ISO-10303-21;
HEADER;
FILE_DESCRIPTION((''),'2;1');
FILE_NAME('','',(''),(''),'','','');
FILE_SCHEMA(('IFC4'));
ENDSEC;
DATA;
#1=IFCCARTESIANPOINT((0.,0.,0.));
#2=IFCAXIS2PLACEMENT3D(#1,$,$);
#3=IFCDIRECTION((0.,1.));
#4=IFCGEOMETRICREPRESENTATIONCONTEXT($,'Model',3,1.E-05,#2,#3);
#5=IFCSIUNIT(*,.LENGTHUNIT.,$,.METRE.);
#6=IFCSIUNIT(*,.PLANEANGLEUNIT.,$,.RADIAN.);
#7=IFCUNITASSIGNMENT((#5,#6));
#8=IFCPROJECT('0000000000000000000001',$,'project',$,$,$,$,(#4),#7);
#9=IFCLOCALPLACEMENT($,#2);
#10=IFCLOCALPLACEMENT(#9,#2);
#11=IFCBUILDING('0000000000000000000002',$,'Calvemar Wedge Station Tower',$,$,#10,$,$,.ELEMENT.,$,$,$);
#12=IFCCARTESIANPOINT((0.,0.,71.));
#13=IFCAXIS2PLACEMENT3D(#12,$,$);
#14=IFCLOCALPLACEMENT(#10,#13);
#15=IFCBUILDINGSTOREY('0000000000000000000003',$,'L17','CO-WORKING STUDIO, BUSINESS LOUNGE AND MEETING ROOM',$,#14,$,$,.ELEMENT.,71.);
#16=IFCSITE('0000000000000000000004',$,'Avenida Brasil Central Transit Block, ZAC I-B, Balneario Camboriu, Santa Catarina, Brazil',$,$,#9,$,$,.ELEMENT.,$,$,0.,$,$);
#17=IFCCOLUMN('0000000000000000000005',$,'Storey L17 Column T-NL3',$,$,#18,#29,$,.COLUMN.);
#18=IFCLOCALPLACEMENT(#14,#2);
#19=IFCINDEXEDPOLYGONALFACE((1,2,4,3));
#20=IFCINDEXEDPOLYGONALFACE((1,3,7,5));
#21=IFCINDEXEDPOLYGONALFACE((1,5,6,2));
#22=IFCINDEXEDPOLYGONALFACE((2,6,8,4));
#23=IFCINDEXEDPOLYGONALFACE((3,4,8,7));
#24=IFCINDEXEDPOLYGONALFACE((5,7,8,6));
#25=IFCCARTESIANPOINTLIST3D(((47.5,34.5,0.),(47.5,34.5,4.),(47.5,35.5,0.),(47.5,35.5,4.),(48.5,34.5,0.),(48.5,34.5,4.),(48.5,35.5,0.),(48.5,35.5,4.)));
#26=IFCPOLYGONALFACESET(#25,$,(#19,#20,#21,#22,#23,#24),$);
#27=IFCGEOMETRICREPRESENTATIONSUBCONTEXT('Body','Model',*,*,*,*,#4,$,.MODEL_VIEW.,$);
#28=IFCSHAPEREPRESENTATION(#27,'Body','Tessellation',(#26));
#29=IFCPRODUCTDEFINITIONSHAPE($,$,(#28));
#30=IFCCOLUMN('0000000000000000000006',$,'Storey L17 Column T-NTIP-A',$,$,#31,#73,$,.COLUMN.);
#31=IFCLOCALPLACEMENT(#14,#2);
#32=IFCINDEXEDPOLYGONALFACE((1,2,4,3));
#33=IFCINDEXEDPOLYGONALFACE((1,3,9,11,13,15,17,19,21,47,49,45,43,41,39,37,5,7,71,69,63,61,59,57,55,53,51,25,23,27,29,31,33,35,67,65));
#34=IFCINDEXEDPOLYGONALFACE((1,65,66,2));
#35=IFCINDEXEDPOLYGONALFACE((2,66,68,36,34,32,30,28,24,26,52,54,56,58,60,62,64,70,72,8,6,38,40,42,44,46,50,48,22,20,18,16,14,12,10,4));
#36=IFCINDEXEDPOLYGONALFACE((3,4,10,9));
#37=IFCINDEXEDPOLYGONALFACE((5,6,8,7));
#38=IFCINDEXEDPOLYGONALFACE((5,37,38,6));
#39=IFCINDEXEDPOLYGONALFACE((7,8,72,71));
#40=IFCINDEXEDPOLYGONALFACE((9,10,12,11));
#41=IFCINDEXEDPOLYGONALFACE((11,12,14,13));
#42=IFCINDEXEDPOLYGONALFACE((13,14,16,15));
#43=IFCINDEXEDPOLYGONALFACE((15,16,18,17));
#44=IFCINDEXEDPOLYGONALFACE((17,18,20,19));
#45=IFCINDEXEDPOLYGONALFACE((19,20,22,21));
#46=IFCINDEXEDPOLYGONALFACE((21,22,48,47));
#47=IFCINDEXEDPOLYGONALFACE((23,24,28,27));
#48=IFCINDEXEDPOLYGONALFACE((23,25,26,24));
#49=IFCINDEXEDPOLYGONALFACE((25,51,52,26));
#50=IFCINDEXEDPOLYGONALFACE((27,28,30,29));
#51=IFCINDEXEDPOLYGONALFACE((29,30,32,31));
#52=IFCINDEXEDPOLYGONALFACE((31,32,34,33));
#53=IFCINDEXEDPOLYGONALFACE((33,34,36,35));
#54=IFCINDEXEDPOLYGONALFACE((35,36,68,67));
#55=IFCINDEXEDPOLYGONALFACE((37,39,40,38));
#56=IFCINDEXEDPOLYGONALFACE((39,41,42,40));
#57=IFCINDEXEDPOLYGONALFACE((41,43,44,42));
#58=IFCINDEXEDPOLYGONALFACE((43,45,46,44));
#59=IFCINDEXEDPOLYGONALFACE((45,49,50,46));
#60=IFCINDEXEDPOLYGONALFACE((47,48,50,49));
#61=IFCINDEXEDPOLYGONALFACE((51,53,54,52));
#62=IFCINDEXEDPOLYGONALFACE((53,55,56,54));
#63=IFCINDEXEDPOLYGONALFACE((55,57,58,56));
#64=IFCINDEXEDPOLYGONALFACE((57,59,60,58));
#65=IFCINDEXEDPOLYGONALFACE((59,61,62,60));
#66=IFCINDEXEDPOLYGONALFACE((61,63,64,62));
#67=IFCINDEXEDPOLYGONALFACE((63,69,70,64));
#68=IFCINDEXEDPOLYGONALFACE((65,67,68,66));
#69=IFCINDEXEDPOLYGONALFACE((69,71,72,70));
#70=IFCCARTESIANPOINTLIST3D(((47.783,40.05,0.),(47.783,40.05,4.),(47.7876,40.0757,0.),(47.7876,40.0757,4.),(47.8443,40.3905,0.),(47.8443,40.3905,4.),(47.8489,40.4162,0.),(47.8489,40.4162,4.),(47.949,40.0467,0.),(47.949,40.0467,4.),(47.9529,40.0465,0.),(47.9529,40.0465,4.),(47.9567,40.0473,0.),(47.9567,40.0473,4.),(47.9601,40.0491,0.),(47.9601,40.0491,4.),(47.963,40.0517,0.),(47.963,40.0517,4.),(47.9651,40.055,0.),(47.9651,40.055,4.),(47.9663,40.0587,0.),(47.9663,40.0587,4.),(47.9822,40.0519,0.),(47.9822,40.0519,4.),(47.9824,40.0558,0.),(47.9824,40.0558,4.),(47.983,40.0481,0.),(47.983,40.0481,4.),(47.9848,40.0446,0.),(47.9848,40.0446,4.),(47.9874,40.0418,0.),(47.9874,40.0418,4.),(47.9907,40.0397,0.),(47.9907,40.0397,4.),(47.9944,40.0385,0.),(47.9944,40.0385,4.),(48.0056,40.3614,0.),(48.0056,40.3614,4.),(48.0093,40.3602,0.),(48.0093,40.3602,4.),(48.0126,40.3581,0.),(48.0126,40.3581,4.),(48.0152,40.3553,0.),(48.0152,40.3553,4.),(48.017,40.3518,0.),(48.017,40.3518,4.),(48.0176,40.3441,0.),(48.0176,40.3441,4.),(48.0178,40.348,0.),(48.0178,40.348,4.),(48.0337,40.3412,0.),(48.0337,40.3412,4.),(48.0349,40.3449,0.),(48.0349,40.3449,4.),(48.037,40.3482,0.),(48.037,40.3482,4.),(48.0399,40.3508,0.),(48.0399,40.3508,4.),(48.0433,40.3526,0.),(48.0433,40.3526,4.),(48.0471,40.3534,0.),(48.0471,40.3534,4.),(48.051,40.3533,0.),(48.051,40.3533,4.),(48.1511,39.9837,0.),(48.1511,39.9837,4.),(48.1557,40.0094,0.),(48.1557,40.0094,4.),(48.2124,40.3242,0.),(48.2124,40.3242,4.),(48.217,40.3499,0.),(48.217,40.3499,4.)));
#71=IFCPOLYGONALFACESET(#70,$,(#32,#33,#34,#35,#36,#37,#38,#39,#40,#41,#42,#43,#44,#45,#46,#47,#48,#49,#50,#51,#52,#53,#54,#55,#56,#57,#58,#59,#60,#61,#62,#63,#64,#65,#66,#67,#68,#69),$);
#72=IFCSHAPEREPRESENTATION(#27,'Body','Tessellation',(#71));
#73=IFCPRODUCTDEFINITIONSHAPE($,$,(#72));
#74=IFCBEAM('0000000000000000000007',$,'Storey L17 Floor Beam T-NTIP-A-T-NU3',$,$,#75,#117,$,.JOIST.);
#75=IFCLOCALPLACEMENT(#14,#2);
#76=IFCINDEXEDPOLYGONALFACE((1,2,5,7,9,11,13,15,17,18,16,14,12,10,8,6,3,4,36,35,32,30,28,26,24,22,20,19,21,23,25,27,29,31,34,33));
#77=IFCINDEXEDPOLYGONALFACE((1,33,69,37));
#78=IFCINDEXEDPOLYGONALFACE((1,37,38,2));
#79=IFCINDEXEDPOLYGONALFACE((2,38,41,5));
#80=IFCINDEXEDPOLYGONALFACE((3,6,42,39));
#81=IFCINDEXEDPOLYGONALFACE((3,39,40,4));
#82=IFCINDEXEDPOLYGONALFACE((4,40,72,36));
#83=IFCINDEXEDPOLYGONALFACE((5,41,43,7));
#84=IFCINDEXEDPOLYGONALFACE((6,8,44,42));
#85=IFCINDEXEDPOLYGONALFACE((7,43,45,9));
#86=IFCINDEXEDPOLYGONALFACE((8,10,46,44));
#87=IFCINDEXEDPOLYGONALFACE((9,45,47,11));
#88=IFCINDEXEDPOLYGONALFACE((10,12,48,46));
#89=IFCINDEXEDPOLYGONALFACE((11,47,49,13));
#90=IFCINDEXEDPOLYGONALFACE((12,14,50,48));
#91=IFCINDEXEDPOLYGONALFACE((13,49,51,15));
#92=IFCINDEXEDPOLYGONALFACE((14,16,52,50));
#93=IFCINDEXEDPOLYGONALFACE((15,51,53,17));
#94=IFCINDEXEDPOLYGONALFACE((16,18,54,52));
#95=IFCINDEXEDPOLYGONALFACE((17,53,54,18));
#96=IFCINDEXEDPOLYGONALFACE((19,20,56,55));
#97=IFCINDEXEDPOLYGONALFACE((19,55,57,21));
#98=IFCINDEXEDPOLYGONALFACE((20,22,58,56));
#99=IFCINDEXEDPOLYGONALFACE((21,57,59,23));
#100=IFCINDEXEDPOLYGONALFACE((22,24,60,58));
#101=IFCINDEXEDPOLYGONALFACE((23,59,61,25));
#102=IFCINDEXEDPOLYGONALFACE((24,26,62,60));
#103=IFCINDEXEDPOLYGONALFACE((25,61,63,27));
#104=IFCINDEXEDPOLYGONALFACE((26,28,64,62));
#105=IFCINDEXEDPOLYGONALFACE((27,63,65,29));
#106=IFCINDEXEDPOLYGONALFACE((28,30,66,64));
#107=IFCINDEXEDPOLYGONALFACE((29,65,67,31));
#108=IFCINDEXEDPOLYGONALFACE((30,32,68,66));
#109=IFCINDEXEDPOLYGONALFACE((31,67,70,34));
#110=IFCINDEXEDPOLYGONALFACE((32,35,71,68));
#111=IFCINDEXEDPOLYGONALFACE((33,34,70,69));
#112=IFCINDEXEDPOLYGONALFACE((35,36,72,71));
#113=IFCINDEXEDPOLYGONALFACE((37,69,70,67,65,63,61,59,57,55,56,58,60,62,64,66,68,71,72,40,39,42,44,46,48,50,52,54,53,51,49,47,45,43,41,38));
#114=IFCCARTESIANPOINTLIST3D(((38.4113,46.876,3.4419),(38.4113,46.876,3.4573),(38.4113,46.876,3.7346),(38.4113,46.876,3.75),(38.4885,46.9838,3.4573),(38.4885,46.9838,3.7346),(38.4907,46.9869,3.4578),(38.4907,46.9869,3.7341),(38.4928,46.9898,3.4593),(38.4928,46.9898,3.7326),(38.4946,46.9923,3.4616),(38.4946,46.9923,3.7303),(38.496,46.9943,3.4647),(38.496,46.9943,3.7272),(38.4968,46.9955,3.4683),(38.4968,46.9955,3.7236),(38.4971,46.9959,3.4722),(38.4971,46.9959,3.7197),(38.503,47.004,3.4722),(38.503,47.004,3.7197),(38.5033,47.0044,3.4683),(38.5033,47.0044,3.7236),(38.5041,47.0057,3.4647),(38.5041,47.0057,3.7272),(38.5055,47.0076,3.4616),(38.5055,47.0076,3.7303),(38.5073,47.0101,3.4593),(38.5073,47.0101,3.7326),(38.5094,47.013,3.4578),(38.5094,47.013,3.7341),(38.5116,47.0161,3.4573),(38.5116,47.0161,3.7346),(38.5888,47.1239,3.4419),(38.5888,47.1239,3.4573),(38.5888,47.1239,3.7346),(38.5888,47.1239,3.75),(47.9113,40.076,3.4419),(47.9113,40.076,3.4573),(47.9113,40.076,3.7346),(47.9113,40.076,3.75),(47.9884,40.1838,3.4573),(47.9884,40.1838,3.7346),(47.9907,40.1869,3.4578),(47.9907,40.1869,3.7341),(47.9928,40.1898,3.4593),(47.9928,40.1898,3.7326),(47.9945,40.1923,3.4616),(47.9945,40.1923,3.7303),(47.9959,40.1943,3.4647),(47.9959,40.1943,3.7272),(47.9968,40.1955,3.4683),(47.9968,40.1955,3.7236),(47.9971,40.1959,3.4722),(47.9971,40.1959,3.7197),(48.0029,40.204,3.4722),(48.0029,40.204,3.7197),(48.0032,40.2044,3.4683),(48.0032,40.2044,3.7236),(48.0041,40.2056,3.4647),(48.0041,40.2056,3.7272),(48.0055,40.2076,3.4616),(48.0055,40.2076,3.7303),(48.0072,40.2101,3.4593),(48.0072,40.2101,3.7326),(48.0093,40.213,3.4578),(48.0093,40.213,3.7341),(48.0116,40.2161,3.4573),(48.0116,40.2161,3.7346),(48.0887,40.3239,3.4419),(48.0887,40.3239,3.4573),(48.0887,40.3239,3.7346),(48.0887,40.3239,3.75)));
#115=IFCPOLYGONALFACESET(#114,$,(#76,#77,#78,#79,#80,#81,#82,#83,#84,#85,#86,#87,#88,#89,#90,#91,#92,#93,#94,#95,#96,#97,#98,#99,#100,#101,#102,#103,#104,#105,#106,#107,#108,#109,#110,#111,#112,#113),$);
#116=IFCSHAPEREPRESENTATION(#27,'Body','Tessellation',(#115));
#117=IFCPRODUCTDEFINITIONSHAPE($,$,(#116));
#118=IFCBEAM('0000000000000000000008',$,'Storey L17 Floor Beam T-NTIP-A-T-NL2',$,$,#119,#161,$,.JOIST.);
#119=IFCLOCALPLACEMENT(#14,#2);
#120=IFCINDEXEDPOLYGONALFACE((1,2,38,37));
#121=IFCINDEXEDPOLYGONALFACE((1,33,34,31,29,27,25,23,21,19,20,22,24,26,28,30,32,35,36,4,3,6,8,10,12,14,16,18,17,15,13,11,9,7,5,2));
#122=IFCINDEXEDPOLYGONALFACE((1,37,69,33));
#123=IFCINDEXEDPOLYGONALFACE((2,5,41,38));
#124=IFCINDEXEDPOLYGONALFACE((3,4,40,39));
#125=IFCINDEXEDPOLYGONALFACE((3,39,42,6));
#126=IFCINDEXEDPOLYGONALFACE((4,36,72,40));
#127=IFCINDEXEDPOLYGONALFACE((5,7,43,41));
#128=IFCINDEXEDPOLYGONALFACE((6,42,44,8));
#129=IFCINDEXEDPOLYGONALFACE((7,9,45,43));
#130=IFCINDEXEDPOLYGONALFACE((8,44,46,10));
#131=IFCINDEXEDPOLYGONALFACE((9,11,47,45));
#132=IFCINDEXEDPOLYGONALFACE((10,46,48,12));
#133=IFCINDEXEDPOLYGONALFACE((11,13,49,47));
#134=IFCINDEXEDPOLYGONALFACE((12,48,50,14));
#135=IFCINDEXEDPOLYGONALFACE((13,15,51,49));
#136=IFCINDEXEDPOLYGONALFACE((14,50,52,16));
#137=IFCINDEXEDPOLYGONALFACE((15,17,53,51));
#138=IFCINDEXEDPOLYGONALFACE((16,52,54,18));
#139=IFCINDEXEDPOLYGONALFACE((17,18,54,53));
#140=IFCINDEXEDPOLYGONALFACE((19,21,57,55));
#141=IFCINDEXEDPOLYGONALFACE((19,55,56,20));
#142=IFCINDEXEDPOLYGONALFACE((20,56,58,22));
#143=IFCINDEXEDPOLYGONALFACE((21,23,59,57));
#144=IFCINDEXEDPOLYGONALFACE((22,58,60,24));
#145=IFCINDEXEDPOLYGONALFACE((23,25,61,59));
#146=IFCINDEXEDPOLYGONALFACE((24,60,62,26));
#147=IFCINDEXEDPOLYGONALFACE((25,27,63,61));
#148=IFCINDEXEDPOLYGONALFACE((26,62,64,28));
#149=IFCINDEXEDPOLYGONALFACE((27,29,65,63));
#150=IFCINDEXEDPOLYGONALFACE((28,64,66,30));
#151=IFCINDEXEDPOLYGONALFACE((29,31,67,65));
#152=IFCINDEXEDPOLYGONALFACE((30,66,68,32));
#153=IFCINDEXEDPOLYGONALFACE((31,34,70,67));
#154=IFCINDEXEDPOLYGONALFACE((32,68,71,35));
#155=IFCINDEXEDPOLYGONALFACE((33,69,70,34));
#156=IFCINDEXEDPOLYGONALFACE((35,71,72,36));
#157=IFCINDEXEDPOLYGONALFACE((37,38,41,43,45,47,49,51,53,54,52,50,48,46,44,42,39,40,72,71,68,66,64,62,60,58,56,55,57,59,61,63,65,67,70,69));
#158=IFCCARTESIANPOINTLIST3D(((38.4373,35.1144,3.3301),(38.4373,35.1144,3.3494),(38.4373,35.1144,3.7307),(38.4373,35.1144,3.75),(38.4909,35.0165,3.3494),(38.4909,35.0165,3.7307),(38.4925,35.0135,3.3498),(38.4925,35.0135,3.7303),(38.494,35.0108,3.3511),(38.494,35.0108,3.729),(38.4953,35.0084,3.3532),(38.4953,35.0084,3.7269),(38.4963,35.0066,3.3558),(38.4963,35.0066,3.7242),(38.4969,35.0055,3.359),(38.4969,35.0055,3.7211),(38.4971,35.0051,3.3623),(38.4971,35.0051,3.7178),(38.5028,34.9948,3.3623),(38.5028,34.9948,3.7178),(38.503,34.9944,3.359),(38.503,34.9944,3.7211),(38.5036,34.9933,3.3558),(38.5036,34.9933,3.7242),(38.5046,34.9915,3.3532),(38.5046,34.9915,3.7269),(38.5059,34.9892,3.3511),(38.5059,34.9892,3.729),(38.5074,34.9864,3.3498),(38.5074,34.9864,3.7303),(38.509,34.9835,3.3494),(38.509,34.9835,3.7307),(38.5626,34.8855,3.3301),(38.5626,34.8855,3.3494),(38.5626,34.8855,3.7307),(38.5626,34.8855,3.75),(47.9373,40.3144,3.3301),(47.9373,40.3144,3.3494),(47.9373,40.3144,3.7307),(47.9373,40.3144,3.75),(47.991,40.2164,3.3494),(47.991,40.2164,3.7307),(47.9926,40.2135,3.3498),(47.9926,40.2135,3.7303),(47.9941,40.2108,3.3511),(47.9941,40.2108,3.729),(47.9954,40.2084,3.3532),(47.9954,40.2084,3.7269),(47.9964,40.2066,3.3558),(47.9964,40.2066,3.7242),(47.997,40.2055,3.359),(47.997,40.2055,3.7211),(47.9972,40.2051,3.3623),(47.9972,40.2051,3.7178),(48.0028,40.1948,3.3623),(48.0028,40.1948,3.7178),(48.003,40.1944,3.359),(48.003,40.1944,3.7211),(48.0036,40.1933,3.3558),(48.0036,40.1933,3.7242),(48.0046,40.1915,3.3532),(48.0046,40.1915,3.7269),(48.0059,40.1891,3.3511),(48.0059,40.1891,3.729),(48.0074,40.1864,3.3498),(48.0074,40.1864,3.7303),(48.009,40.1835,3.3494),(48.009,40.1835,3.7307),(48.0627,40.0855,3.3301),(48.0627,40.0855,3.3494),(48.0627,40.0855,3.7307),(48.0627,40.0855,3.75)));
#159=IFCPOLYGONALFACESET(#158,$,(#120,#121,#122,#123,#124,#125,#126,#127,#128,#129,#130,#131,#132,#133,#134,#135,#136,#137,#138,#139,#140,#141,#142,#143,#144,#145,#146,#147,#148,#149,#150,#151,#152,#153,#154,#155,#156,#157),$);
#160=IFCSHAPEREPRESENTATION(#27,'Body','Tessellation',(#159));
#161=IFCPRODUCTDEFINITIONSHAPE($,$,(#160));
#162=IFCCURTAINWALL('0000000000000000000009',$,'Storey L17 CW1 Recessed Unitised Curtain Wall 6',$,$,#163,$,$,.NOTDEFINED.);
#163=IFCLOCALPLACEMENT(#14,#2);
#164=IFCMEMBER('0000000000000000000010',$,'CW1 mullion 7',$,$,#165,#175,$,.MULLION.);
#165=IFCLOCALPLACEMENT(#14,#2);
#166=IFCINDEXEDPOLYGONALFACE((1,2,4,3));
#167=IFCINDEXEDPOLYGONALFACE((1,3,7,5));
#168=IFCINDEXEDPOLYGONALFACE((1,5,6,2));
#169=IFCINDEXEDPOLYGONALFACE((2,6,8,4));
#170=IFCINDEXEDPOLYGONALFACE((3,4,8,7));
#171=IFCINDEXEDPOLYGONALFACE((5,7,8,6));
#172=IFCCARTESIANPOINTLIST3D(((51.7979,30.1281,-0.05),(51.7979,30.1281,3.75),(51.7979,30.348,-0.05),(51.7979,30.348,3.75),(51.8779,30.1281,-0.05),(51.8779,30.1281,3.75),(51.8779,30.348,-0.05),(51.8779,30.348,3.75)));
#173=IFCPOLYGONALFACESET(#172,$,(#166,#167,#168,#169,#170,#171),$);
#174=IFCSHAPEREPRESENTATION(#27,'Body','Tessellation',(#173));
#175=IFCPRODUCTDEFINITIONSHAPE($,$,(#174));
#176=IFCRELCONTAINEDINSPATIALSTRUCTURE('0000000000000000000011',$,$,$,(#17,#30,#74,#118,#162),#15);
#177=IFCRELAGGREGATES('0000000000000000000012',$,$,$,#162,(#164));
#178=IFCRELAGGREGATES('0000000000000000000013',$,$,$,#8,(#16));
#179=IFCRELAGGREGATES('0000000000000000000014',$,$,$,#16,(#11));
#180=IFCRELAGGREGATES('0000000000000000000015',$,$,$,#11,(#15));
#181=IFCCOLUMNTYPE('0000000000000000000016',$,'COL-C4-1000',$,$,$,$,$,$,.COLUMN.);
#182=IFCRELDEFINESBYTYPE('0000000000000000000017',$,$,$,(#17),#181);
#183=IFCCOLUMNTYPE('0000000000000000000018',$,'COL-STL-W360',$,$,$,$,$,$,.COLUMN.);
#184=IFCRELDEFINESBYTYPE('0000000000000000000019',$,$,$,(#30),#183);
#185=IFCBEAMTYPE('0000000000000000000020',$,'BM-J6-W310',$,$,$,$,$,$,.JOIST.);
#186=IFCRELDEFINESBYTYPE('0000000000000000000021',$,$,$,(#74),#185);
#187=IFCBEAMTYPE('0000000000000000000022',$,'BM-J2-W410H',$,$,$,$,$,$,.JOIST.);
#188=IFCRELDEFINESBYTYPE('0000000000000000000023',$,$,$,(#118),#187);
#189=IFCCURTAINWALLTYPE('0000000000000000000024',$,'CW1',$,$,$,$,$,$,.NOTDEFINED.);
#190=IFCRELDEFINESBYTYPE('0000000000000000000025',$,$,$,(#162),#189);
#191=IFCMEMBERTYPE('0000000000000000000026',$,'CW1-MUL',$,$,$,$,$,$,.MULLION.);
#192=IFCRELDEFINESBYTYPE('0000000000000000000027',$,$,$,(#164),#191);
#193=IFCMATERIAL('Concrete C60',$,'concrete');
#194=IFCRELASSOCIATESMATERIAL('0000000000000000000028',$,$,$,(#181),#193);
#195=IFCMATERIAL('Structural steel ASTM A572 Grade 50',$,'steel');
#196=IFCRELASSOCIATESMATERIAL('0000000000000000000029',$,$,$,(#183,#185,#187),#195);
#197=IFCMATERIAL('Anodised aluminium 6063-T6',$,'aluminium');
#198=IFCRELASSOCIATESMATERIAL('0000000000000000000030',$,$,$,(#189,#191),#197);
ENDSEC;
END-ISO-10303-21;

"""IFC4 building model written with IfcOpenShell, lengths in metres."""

from ifc_helpers import new_model, si_unit, direction, frame, origin, origin_2d, place, context, subcontext, project, spatial, rectangle, i_section, extrude, source, transform, mapped, material, material_profile, profile_set, type_object, element, aggregate, save


model = new_model("IFC4")

# Units and contexts
model_context = context("Model", 3, precision=1e-05, world=origin(), true_north=direction((0.0, 1.0)))
body_context = subcontext(model_context, "Body", "Model", "MODEL_VIEW")
ifc_project = project(units=[si_unit("LENGTHUNIT", "METRE"), si_unit("PLANEANGLEUNIT", "RADIAN")], contexts=[model_context])

# Site, building, storey
site_placement = place(None, origin())
site = spatial("IfcSite", under=ifc_project, at=site_placement, Name="Avenida Brasil Central Transit Block, ZAC I-B, Balneario Camboriu, Santa Catarina, Brazil", CompositionType="ELEMENT", RefElevation=0.0)
building_placement = place(site_placement, origin())
building = spatial("IfcBuilding", under=site, at=building_placement, Name="Calvemar Wedge Station Tower", CompositionType="ELEMENT")
storey_placement = place(building_placement, frame((0.0, 0.0, 71.0)))
storey = spatial("IfcBuildingStorey", under=building, at=storey_placement, Name="L17", Description="CO-WORKING STUDIO, BUSINESS LOUNGE AND MEETING ROOM", CompositionType="ELEMENT", Elevation=71.0)

# Columns
ifc_material_1 = material(Name="Concrete C60", Category="concrete")
ifc_material_profile_1 = material_profile(ifc_material_1, rectangle(XDim=1.0, YDim=1.0, at=origin_2d()), Name="RC1000x1000")
ifc_profile_set_1 = profile_set([ifc_material_profile_1], Name="Concrete C60")
column_type_1 = type_object("IfcColumnType", Name="COL-C4-1000", PredefinedType="COLUMN", material=ifc_profile_set_1)
shared_shape_1 = source(origin(), body_context, "Body", "SweptSolid", [
    extrude(rectangle(XDim=1.0, YDim=1.0, at=origin_2d()), origin(), (0.0, 0.0, 1.0), 4.0),
])
column_1_placement = place(storey_placement, frame((48.0, 35.0, 0.0), z_axis=(0.0, 0.0, 1.0), x_axis=(1.0, 0.0, 0.0)))
element("IfcColumn", 1, at=column_1_placement, inside=storey, type_object=column_type_1, Name="Storey L17 Column T-NL3", PredefinedType="COLUMN", context=body_context, shape_type="MappedRepresentation", body=[
    mapped(shared_shape_1, transform((0.0, 0.0, 0.0), scale=1.0)),
])
ifc_material_2 = material(Name="Structural steel ASTM A572 Grade 50", Category="steel")
ifc_material_profile_2 = material_profile(ifc_material_2, i_section(OverallWidth=0.374, OverallDepth=0.3721, WebThickness=0.0164, FlangeThickness=0.0261, FilletRadius=0.0149, at=origin_2d()), Name="W360x196")
ifc_profile_set_2 = profile_set([ifc_material_profile_2], Name="Structural steel ASTM A572 Grade 50")
column_type_2 = type_object("IfcColumnType", Name="COL-STL-W360", PredefinedType="COLUMN", material=ifc_profile_set_2)
shared_shape_2 = source(origin(), body_context, "Body", "SweptSolid", [
    extrude(i_section(OverallWidth=0.374, OverallDepth=0.3721, WebThickness=0.0164, FlangeThickness=0.0261, FilletRadius=0.0149, at=origin_2d()), origin(), (0.0, 0.0, 1.0), 4.0),
])
column_2_placement = place(storey_placement, frame((48.0, 40.2, 0.0), z_axis=(0.0, 0.0, 1.0), x_axis=(0.984196, -0.177085, 0.0)))
element("IfcColumn", 2, at=column_2_placement, inside=storey, type_object=column_type_2, Name="Storey L17 Column T-NTIP-A", PredefinedType="COLUMN", context=body_context, shape_type="MappedRepresentation", body=[
    mapped(shared_shape_2, transform((0.0, 0.0, 0.0), scale=1.0)),
])

# Beams
ifc_material_profile_3 = material_profile(ifc_material_2, i_section(OverallWidth=0.3049, OverallDepth=0.3081, WebThickness=0.01, FlangeThickness=0.0154, FilletRadius=0.0149, at=origin_2d()), Name="W310x97")
ifc_profile_set_3 = profile_set([ifc_material_profile_3], Name="Structural steel ASTM A572 Grade 50")
beam_type_1 = type_object("IfcBeamType", Name="BM-J6-W310", PredefinedType="JOIST", material=ifc_profile_set_3)
shared_shape_3 = source(origin(), body_context, "Body", "SweptSolid", [
    extrude(i_section(OverallWidth=0.3049, OverallDepth=0.3081, WebThickness=0.01, FlangeThickness=0.0154, FilletRadius=0.0149, at=origin_2d()), origin(), (0.0, 0.0, 1.0), 11.6829),
])
beam_1_placement = place(storey_placement, frame((48.0, 40.2, 3.5959), z_axis=(-0.813153, 0.58205, 0.0), x_axis=(-0.58205, -0.813153, 0.0)))
element("IfcBeam", 3, at=beam_1_placement, inside=storey, type_object=beam_type_1, Name="Storey L17 Floor Beam T-NTIP-A-T-NU3", PredefinedType="JOIST", context=body_context, shape_type="MappedRepresentation", body=[
    mapped(shared_shape_3, transform((0.0, 0.0, 0.0), scale=1.0)),
])
ifc_material_profile_4 = material_profile(ifc_material_2, i_section(OverallWidth=0.261, OverallDepth=0.4199, WebThickness=0.0117, FlangeThickness=0.0193, FilletRadius=0.0129, at=origin_2d()), Name="W410x114")
ifc_profile_set_4 = profile_set([ifc_material_profile_4], Name="Structural steel ASTM A572 Grade 50")
beam_type_2 = type_object("IfcBeamType", Name="BM-J2-W410H", PredefinedType="JOIST", material=ifc_profile_set_4)
shared_shape_4 = source(origin(), body_context, "Body", "SweptSolid", [
    extrude(i_section(OverallWidth=0.261, OverallDepth=0.4199, WebThickness=0.0117, FlangeThickness=0.0193, FilletRadius=0.0129, at=origin_2d()), origin(), (0.0, 0.0, 1.0), 10.8301),
])
beam_2_placement = place(storey_placement, frame((48.0, 40.2, 3.54), z_axis=(-0.877191, -0.480142, 0.0), x_axis=(0.480142, -0.877191, 0.0)))
element("IfcBeam", 4, at=beam_2_placement, inside=storey, type_object=beam_type_2, Name="Storey L17 Floor Beam T-NTIP-A-T-NL2", PredefinedType="JOIST", context=body_context, shape_type="MappedRepresentation", body=[
    mapped(shared_shape_4, transform((0.0, 0.0, 0.0), scale=1.0)),
])

# Curtain wall, member
ifc_material_3 = material(Name="Anodised aluminium 6063-T6", Category="aluminium")
curtain_wall_type = type_object("IfcCurtainWallType", Name="CW1", PredefinedType="NOTDEFINED", material=ifc_material_3)
curtain_wall_placement = place(storey_placement, origin())
curtain_wall = element("IfcCurtainWall", 5, at=curtain_wall_placement, inside=storey, type_object=curtain_wall_type, Name="Storey L17 CW1 Recessed Unitised Curtain Wall 6", PredefinedType="NOTDEFINED")
ifc_material_profile_5 = material_profile(ifc_material_3, rectangle(XDim=0.0801, YDim=0.22, at=origin_2d()), Name="AL-MUL-80x220")
ifc_profile_set_5 = profile_set([ifc_material_profile_5], Name="Anodised aluminium 6063-T6")
member_type = type_object("IfcMemberType", Name="CW1-MUL", PredefinedType="MULLION", material=ifc_profile_set_5)
shared_shape_5 = source(origin(), body_context, "Body", "SweptSolid", [
    extrude(rectangle(XDim=0.0801, YDim=0.22, at=origin_2d()), origin(), (0.0, 0.0, 1.0), 3.8),
])
member_placement = place(storey_placement, frame((51.8379, 30.238, -0.05), z_axis=(0.0, 0.0, 1.0), x_axis=(1.0, 0.0, 0.0)))
member = element("IfcMember", 6, at=member_placement, type_object=member_type, Name="CW1 mullion 7", PredefinedType="MULLION", context=body_context, shape_type="MappedRepresentation", body=[
    mapped(shared_shape_5, transform((0.0, 0.0, 0.0), scale=1.0)),
])
aggregate(curtain_wall, [member])

save(model, "model.ifc")
